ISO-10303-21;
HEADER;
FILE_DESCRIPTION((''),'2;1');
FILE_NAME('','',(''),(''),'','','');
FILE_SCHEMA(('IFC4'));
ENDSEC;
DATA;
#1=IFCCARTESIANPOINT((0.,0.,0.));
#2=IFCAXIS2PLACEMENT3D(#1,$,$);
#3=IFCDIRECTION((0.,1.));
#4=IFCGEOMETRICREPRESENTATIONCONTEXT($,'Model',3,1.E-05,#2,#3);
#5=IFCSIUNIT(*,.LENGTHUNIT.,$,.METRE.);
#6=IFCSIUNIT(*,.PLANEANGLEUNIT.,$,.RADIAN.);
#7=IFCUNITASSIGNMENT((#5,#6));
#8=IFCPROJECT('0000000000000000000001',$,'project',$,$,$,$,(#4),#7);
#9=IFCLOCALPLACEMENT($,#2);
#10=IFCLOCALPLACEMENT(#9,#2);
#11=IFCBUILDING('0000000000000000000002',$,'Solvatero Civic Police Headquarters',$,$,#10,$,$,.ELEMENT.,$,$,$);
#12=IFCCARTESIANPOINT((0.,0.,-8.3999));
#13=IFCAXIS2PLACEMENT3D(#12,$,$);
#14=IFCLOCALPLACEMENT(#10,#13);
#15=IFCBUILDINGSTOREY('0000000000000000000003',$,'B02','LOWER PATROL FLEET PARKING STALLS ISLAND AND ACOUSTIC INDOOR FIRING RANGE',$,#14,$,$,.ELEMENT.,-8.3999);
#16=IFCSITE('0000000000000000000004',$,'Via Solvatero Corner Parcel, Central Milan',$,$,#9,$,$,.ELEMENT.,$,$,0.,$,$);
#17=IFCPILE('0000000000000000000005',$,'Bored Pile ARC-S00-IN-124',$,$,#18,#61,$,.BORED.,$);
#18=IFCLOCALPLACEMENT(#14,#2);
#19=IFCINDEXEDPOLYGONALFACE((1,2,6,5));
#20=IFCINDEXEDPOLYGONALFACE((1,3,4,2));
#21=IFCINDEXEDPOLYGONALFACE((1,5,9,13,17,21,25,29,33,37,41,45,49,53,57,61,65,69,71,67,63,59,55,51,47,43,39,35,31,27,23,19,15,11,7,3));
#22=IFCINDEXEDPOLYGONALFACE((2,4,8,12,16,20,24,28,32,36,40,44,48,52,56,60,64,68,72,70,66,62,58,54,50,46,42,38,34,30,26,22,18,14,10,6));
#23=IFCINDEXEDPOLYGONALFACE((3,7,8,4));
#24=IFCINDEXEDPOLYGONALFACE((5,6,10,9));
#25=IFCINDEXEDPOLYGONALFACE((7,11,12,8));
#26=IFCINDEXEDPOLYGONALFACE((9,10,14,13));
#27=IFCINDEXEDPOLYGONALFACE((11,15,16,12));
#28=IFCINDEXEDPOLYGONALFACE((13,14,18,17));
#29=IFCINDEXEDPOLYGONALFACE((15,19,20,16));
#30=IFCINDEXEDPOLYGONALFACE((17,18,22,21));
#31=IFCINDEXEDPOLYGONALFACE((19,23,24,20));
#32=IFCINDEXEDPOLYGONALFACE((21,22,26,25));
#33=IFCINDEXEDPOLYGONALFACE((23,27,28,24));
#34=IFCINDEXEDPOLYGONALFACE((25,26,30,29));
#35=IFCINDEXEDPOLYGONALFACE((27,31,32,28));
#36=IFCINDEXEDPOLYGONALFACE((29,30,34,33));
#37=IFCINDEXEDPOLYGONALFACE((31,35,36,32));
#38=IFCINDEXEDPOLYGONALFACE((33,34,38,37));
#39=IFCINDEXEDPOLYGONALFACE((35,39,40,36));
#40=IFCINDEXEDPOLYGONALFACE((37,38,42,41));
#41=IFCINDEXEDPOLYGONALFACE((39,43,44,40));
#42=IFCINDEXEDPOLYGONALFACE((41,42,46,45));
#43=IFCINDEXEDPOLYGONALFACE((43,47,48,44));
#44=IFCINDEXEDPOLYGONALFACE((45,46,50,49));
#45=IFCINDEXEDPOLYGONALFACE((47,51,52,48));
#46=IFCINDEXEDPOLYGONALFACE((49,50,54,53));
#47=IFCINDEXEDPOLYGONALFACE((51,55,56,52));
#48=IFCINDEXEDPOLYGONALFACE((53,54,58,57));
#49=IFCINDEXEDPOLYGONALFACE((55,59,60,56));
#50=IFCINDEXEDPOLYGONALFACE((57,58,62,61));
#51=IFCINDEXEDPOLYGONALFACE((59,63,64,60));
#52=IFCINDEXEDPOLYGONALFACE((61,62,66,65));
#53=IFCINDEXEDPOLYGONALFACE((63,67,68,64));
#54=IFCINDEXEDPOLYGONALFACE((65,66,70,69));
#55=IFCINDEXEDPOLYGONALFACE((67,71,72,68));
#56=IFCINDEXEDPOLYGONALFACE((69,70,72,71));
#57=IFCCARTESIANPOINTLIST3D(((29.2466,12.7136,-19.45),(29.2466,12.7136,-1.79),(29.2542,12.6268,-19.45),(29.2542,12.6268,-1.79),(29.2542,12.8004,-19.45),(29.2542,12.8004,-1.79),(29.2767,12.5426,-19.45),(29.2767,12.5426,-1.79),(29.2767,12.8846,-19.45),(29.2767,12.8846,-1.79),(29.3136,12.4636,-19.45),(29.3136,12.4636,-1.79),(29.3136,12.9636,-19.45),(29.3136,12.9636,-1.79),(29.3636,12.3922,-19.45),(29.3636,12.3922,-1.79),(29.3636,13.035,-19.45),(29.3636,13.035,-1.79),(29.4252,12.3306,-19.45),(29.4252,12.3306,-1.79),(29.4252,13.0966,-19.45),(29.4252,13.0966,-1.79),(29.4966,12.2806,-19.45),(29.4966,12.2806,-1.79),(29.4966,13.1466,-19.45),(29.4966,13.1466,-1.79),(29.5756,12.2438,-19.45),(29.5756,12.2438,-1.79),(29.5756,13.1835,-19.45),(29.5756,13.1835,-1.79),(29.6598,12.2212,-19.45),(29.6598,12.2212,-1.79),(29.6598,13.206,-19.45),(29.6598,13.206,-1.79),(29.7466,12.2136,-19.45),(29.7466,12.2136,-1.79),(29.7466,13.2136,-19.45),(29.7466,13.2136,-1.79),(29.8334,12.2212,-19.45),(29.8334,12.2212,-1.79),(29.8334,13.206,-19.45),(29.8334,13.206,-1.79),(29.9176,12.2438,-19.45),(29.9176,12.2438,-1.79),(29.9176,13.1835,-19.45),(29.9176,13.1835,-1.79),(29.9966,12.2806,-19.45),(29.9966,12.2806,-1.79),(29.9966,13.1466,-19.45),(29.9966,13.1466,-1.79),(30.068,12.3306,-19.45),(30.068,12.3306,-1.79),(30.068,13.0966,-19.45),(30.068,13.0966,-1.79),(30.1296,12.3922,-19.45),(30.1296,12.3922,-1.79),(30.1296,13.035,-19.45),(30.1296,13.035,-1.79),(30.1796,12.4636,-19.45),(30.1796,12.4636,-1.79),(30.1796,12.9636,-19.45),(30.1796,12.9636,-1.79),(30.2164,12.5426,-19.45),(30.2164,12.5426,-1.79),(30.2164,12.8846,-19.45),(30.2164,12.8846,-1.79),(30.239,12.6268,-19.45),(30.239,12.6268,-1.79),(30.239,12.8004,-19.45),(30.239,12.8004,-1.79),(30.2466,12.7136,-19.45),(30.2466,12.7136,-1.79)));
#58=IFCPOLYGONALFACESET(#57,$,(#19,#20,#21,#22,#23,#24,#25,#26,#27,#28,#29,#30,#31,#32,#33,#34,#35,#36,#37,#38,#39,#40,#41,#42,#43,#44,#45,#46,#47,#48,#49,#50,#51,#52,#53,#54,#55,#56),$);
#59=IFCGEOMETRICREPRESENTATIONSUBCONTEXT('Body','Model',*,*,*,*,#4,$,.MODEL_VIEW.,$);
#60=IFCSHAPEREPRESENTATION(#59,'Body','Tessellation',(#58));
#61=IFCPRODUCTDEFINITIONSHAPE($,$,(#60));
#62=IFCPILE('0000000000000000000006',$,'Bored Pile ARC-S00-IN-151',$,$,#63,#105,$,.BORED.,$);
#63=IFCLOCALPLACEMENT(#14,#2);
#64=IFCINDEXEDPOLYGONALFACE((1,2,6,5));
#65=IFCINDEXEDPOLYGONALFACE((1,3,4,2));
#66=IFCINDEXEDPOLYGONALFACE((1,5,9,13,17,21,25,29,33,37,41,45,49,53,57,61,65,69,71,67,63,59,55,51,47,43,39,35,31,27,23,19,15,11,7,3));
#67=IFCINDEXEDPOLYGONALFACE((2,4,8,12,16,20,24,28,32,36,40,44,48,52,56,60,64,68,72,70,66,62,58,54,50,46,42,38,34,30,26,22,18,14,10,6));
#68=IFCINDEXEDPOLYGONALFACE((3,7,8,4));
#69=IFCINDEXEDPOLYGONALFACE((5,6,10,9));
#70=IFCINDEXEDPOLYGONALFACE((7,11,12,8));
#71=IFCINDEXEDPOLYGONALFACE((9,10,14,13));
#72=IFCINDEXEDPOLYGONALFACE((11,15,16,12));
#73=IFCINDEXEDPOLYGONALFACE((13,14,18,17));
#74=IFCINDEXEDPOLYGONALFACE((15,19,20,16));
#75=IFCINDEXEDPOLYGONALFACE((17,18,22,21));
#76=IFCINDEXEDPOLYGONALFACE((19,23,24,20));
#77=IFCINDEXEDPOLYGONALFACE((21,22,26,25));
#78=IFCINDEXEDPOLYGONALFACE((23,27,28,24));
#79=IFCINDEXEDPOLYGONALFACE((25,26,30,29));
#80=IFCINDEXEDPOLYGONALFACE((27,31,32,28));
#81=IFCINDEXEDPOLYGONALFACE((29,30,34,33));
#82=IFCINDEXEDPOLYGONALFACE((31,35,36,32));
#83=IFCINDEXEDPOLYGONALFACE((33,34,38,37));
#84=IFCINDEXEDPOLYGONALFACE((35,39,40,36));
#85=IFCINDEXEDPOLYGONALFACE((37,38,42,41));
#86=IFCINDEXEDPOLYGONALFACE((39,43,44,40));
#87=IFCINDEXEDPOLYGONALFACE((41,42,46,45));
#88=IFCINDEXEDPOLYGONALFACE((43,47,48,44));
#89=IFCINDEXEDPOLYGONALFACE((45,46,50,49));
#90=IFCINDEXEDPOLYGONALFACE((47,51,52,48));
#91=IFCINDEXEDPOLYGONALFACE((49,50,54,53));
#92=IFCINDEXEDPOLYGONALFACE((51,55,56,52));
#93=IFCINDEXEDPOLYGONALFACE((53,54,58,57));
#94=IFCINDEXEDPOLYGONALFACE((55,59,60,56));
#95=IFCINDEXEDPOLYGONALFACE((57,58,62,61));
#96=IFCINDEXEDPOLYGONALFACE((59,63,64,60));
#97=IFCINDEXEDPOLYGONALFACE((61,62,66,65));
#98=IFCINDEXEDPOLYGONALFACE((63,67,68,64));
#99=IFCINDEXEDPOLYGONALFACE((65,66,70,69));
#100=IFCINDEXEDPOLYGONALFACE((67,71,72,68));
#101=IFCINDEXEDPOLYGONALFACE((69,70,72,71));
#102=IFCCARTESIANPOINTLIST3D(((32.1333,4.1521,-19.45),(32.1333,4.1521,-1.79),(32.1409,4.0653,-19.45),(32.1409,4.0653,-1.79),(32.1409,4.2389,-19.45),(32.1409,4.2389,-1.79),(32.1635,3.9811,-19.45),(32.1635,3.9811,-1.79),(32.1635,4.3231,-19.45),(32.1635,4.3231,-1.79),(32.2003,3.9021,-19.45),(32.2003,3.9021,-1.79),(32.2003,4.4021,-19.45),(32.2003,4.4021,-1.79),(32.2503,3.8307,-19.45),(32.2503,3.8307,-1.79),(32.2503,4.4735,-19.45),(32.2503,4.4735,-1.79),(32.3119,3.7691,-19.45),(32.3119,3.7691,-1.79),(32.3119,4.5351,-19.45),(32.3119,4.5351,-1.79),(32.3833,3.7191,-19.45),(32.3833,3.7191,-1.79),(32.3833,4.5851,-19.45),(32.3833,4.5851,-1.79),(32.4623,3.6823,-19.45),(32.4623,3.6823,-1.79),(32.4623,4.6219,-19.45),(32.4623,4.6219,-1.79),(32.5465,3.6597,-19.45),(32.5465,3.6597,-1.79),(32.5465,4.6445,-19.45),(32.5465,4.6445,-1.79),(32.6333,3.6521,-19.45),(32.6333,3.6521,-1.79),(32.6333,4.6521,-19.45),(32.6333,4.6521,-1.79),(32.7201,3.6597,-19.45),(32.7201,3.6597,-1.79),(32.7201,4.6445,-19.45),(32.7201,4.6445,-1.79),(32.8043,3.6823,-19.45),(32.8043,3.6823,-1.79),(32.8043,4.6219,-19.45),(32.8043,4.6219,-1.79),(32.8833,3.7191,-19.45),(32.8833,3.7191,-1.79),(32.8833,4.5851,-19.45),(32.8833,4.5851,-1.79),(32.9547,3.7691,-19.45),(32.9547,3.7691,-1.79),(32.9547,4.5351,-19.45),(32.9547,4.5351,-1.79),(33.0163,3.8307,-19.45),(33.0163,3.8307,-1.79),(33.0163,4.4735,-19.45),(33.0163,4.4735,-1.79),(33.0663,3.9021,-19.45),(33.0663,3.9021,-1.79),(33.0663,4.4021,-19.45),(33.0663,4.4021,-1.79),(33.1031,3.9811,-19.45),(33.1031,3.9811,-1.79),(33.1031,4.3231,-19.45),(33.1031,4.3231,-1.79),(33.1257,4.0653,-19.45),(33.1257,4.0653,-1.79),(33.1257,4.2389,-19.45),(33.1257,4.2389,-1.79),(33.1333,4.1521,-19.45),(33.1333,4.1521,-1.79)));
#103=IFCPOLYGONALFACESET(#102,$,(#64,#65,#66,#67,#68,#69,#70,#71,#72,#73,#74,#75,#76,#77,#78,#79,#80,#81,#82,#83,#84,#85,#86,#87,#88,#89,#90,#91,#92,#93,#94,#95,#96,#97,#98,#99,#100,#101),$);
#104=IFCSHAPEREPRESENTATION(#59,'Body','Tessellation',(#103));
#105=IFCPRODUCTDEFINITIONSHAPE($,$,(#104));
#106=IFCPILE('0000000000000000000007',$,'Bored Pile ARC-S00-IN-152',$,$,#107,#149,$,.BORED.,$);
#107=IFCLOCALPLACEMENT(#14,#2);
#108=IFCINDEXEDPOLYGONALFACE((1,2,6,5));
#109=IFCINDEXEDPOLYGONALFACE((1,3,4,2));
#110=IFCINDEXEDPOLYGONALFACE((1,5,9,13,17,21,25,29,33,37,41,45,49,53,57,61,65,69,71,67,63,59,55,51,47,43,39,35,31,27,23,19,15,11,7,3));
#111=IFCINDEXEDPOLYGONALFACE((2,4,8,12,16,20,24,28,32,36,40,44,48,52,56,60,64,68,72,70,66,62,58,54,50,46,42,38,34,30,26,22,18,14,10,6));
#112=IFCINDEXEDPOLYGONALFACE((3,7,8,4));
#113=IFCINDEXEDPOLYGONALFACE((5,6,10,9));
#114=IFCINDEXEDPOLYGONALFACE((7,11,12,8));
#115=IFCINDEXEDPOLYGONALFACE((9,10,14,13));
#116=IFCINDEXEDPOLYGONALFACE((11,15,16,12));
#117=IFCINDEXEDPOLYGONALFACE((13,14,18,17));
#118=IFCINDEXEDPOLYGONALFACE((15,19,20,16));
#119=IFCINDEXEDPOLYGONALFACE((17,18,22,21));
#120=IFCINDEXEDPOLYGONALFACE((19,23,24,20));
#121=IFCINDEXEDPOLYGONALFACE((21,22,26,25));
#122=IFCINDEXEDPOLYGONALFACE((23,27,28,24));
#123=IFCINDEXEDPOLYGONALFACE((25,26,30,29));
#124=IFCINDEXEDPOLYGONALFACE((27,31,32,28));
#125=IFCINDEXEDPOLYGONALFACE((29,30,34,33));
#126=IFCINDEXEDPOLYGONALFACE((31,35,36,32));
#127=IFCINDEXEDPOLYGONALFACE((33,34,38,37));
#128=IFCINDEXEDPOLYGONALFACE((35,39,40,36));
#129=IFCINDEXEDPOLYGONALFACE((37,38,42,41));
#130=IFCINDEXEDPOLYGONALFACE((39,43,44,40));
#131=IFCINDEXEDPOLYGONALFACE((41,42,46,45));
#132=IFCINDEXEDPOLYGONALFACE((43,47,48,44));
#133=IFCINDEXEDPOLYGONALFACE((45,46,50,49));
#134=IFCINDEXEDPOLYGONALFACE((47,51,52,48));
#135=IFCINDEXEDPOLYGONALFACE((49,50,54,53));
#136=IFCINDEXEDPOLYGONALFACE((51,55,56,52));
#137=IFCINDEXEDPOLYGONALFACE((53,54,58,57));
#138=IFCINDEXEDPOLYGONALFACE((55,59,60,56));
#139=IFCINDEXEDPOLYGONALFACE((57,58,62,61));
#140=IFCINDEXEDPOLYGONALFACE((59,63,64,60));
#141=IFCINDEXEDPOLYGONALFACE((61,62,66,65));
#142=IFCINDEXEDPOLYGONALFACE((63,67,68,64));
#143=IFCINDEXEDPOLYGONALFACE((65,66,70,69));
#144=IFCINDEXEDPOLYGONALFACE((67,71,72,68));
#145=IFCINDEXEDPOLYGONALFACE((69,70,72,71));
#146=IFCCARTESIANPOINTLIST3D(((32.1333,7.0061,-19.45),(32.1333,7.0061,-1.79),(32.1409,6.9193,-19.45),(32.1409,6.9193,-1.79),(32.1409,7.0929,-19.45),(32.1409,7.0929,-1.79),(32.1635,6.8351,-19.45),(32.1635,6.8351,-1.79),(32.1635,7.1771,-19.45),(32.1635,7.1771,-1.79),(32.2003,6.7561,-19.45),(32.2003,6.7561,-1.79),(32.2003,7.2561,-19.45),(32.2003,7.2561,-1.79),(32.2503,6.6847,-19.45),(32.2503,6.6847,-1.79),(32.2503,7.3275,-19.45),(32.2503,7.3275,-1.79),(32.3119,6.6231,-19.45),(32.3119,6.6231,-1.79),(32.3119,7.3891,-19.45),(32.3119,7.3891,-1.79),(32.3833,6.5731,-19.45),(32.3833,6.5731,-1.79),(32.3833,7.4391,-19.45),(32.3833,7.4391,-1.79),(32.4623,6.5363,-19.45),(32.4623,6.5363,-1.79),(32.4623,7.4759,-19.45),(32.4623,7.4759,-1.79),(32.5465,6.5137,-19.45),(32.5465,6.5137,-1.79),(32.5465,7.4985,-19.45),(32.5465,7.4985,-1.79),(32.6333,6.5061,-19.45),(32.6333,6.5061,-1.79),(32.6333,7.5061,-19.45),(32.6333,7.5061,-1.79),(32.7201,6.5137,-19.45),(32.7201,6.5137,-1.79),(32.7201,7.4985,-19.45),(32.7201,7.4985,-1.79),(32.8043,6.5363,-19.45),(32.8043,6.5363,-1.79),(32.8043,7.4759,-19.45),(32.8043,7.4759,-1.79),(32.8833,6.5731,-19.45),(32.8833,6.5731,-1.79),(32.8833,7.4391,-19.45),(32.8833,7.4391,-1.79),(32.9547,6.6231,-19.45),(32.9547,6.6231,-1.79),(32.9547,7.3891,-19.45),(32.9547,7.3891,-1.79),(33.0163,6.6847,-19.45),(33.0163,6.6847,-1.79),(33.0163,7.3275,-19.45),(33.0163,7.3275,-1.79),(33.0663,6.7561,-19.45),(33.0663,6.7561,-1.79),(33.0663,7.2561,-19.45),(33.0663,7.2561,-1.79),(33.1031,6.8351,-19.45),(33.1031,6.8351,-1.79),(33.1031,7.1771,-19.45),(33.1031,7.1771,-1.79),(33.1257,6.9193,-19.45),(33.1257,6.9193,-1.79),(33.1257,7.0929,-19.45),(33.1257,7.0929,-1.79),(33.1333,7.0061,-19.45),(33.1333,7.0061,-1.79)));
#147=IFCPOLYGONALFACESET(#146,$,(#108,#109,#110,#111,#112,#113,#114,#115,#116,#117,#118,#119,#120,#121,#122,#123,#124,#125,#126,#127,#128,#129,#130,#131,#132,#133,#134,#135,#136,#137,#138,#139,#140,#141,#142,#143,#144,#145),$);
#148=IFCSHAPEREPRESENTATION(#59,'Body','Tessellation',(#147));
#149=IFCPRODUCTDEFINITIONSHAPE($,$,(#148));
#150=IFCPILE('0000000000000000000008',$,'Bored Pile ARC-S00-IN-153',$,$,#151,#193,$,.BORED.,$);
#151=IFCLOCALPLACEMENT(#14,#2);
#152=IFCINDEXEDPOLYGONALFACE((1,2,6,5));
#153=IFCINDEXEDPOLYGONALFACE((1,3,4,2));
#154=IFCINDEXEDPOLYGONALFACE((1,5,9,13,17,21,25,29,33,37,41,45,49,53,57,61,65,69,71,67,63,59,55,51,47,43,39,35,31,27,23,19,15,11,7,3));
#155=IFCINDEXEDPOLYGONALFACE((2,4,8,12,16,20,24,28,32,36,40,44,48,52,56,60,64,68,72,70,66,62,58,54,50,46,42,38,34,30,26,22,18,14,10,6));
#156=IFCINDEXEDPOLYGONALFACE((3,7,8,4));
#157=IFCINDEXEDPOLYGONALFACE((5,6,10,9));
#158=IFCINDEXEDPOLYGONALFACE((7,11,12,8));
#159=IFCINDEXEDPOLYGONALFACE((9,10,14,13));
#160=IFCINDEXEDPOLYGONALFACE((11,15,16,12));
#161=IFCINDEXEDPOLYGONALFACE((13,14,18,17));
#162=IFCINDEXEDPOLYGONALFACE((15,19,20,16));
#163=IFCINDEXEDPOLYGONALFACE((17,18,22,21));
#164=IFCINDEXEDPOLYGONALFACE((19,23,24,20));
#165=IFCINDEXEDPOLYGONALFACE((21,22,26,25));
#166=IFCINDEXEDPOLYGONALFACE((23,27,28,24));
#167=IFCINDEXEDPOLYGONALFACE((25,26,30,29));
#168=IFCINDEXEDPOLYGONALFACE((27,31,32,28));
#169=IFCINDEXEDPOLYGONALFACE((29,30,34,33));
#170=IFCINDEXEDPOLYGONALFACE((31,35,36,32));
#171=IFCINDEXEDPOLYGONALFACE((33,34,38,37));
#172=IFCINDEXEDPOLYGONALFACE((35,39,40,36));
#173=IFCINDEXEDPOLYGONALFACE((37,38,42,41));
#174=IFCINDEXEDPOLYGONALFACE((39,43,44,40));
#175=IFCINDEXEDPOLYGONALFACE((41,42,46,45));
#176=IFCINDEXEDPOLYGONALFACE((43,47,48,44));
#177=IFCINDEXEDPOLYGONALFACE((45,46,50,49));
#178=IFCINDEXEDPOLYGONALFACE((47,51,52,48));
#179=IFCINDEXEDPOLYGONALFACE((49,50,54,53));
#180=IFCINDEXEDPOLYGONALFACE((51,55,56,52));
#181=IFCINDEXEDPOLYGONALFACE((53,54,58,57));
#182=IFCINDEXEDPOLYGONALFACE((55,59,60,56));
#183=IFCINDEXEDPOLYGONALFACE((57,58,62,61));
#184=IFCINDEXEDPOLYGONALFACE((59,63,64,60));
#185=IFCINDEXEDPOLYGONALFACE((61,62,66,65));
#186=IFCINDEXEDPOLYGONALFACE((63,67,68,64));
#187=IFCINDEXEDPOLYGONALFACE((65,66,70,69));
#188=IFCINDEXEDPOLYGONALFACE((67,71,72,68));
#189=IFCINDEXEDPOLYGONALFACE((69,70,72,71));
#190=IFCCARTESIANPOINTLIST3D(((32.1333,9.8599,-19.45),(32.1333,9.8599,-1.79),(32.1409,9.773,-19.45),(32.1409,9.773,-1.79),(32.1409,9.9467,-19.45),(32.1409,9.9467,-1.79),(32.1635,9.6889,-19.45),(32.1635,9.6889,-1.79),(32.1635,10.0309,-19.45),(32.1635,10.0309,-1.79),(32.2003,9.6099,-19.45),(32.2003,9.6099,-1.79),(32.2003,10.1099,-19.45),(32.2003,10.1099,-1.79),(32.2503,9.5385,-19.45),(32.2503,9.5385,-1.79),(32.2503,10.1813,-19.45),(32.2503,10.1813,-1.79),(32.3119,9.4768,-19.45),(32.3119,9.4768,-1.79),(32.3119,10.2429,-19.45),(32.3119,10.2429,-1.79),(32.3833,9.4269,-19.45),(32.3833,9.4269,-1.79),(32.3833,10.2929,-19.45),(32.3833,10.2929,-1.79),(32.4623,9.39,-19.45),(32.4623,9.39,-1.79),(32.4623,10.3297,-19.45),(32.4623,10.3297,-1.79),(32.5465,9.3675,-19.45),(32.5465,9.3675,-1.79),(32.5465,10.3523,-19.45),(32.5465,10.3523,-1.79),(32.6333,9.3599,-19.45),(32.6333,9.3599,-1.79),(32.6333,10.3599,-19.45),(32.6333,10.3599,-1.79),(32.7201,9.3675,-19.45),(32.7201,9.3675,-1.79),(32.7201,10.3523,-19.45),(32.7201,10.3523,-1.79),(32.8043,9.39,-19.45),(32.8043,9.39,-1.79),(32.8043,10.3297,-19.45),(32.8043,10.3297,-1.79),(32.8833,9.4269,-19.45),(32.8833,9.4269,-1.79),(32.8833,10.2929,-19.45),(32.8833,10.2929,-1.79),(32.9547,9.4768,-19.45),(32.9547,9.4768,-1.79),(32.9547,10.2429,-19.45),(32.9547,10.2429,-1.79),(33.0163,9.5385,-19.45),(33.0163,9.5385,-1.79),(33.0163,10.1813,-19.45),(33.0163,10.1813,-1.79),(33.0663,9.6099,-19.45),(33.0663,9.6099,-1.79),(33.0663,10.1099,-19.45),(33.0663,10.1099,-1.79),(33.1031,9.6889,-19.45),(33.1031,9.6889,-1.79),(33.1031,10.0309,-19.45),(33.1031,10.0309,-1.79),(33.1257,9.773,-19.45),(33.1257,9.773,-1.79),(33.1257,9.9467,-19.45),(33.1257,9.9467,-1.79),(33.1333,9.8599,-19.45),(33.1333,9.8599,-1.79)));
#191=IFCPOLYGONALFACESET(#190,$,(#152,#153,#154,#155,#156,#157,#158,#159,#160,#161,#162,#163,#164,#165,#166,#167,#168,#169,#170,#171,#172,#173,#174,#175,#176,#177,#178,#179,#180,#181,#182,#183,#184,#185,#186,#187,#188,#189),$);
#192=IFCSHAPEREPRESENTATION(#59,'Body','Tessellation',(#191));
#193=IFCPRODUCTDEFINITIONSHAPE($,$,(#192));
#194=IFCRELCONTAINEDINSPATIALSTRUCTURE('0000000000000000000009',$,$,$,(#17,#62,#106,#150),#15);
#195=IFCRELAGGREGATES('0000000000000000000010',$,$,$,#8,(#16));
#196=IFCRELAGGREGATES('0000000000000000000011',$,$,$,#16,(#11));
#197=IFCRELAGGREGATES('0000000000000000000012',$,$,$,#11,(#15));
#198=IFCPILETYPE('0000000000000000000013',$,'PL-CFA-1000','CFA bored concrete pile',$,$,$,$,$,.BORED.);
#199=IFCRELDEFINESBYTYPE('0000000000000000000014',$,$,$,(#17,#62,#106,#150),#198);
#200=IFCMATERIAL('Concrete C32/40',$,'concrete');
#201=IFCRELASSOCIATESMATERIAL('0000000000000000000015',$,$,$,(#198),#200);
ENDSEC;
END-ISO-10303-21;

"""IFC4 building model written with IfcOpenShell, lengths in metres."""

from ifc_helpers import new_model, si_unit, direction, frame, origin, origin_2d, place, context, subcontext, project, spatial, circle, extrude, material, material_profile, profile_set, type_object, element, save


model = new_model("IFC4")

# Units and contexts
model_context = context("Model", 3, precision=1e-05, world=origin(), true_north=direction((0.0, 1.0)))
body_context = subcontext(model_context, "Body", "Model", "MODEL_VIEW")
ifc_project = project(units=[si_unit("LENGTHUNIT", "METRE"), si_unit("PLANEANGLEUNIT", "RADIAN")], contexts=[model_context])

# Site, building, storey
site_placement = place(None, origin())
site = spatial("IfcSite", under=ifc_project, at=site_placement, Name="Via Solvatero Corner Parcel, Central Milan", CompositionType="ELEMENT", RefElevation=0.0)
building_placement = place(site_placement, origin())
building = spatial("IfcBuilding", under=site, at=building_placement, Name="Solvatero Civic Police Headquarters", CompositionType="ELEMENT")
storey_placement = place(building_placement, frame((0.0, 0.0, -8.3999)))
storey = spatial("IfcBuildingStorey", under=building, at=storey_placement, Name="B02", Description="LOWER PATROL FLEET PARKING STALLS ISLAND AND ACOUSTIC INDOOR FIRING RANGE", CompositionType="ELEMENT", Elevation=-8.3999)

# Piles
ifc_material_1 = material(Name="Concrete C32/40", Category="concrete")
ifc_material_profile_1 = material_profile(ifc_material_1, circle(Radius=0.5, at=origin_2d()), Name="CFA PILE D1000")
ifc_profile_set_1 = profile_set([ifc_material_profile_1], Name="Concrete C32/40")
pile_type_1 = type_object("IfcPileType", Name="PL-CFA-1000", Description="CFA bored concrete pile", PredefinedType="BORED", material=ifc_profile_set_1)
for number, where, z_axis, x_axis, name in (
    (1, (29.7466, 12.7136, -1.79), (0.0, 0.0, -1.0), (1.0, 0.0, 0.0), "Bored Pile ARC-S00-IN-124"),
    (2, (32.6333, 4.1521, -1.79), (0.0, 0.0, -1.0), (1.0, 0.0, 0.0), "Bored Pile ARC-S00-IN-151"),
    (3, (32.6333, 7.0061, -1.79), (0.0, 0.0, -1.0), (1.0, 0.0, 0.0), "Bored Pile ARC-S00-IN-152"),
    (4, (32.6333, 9.8599, -1.79), (0.0, 0.0, -1.0), (1.0, 0.0, 0.0), "Bored Pile ARC-S00-IN-153"),
):
    element("IfcPile", number, at=place(storey_placement, frame(where, z_axis=z_axis, x_axis=x_axis)), inside=storey, type_object=pile_type_1, Name=name, PredefinedType="BORED", context=body_context, shape_type="SweptSolid", body=[
        extrude(circle(Radius=0.5, at=origin_2d()), origin(), (0.0, 0.0, 1.0), 17.6599),
    ])

save(model, "model.ifc")
